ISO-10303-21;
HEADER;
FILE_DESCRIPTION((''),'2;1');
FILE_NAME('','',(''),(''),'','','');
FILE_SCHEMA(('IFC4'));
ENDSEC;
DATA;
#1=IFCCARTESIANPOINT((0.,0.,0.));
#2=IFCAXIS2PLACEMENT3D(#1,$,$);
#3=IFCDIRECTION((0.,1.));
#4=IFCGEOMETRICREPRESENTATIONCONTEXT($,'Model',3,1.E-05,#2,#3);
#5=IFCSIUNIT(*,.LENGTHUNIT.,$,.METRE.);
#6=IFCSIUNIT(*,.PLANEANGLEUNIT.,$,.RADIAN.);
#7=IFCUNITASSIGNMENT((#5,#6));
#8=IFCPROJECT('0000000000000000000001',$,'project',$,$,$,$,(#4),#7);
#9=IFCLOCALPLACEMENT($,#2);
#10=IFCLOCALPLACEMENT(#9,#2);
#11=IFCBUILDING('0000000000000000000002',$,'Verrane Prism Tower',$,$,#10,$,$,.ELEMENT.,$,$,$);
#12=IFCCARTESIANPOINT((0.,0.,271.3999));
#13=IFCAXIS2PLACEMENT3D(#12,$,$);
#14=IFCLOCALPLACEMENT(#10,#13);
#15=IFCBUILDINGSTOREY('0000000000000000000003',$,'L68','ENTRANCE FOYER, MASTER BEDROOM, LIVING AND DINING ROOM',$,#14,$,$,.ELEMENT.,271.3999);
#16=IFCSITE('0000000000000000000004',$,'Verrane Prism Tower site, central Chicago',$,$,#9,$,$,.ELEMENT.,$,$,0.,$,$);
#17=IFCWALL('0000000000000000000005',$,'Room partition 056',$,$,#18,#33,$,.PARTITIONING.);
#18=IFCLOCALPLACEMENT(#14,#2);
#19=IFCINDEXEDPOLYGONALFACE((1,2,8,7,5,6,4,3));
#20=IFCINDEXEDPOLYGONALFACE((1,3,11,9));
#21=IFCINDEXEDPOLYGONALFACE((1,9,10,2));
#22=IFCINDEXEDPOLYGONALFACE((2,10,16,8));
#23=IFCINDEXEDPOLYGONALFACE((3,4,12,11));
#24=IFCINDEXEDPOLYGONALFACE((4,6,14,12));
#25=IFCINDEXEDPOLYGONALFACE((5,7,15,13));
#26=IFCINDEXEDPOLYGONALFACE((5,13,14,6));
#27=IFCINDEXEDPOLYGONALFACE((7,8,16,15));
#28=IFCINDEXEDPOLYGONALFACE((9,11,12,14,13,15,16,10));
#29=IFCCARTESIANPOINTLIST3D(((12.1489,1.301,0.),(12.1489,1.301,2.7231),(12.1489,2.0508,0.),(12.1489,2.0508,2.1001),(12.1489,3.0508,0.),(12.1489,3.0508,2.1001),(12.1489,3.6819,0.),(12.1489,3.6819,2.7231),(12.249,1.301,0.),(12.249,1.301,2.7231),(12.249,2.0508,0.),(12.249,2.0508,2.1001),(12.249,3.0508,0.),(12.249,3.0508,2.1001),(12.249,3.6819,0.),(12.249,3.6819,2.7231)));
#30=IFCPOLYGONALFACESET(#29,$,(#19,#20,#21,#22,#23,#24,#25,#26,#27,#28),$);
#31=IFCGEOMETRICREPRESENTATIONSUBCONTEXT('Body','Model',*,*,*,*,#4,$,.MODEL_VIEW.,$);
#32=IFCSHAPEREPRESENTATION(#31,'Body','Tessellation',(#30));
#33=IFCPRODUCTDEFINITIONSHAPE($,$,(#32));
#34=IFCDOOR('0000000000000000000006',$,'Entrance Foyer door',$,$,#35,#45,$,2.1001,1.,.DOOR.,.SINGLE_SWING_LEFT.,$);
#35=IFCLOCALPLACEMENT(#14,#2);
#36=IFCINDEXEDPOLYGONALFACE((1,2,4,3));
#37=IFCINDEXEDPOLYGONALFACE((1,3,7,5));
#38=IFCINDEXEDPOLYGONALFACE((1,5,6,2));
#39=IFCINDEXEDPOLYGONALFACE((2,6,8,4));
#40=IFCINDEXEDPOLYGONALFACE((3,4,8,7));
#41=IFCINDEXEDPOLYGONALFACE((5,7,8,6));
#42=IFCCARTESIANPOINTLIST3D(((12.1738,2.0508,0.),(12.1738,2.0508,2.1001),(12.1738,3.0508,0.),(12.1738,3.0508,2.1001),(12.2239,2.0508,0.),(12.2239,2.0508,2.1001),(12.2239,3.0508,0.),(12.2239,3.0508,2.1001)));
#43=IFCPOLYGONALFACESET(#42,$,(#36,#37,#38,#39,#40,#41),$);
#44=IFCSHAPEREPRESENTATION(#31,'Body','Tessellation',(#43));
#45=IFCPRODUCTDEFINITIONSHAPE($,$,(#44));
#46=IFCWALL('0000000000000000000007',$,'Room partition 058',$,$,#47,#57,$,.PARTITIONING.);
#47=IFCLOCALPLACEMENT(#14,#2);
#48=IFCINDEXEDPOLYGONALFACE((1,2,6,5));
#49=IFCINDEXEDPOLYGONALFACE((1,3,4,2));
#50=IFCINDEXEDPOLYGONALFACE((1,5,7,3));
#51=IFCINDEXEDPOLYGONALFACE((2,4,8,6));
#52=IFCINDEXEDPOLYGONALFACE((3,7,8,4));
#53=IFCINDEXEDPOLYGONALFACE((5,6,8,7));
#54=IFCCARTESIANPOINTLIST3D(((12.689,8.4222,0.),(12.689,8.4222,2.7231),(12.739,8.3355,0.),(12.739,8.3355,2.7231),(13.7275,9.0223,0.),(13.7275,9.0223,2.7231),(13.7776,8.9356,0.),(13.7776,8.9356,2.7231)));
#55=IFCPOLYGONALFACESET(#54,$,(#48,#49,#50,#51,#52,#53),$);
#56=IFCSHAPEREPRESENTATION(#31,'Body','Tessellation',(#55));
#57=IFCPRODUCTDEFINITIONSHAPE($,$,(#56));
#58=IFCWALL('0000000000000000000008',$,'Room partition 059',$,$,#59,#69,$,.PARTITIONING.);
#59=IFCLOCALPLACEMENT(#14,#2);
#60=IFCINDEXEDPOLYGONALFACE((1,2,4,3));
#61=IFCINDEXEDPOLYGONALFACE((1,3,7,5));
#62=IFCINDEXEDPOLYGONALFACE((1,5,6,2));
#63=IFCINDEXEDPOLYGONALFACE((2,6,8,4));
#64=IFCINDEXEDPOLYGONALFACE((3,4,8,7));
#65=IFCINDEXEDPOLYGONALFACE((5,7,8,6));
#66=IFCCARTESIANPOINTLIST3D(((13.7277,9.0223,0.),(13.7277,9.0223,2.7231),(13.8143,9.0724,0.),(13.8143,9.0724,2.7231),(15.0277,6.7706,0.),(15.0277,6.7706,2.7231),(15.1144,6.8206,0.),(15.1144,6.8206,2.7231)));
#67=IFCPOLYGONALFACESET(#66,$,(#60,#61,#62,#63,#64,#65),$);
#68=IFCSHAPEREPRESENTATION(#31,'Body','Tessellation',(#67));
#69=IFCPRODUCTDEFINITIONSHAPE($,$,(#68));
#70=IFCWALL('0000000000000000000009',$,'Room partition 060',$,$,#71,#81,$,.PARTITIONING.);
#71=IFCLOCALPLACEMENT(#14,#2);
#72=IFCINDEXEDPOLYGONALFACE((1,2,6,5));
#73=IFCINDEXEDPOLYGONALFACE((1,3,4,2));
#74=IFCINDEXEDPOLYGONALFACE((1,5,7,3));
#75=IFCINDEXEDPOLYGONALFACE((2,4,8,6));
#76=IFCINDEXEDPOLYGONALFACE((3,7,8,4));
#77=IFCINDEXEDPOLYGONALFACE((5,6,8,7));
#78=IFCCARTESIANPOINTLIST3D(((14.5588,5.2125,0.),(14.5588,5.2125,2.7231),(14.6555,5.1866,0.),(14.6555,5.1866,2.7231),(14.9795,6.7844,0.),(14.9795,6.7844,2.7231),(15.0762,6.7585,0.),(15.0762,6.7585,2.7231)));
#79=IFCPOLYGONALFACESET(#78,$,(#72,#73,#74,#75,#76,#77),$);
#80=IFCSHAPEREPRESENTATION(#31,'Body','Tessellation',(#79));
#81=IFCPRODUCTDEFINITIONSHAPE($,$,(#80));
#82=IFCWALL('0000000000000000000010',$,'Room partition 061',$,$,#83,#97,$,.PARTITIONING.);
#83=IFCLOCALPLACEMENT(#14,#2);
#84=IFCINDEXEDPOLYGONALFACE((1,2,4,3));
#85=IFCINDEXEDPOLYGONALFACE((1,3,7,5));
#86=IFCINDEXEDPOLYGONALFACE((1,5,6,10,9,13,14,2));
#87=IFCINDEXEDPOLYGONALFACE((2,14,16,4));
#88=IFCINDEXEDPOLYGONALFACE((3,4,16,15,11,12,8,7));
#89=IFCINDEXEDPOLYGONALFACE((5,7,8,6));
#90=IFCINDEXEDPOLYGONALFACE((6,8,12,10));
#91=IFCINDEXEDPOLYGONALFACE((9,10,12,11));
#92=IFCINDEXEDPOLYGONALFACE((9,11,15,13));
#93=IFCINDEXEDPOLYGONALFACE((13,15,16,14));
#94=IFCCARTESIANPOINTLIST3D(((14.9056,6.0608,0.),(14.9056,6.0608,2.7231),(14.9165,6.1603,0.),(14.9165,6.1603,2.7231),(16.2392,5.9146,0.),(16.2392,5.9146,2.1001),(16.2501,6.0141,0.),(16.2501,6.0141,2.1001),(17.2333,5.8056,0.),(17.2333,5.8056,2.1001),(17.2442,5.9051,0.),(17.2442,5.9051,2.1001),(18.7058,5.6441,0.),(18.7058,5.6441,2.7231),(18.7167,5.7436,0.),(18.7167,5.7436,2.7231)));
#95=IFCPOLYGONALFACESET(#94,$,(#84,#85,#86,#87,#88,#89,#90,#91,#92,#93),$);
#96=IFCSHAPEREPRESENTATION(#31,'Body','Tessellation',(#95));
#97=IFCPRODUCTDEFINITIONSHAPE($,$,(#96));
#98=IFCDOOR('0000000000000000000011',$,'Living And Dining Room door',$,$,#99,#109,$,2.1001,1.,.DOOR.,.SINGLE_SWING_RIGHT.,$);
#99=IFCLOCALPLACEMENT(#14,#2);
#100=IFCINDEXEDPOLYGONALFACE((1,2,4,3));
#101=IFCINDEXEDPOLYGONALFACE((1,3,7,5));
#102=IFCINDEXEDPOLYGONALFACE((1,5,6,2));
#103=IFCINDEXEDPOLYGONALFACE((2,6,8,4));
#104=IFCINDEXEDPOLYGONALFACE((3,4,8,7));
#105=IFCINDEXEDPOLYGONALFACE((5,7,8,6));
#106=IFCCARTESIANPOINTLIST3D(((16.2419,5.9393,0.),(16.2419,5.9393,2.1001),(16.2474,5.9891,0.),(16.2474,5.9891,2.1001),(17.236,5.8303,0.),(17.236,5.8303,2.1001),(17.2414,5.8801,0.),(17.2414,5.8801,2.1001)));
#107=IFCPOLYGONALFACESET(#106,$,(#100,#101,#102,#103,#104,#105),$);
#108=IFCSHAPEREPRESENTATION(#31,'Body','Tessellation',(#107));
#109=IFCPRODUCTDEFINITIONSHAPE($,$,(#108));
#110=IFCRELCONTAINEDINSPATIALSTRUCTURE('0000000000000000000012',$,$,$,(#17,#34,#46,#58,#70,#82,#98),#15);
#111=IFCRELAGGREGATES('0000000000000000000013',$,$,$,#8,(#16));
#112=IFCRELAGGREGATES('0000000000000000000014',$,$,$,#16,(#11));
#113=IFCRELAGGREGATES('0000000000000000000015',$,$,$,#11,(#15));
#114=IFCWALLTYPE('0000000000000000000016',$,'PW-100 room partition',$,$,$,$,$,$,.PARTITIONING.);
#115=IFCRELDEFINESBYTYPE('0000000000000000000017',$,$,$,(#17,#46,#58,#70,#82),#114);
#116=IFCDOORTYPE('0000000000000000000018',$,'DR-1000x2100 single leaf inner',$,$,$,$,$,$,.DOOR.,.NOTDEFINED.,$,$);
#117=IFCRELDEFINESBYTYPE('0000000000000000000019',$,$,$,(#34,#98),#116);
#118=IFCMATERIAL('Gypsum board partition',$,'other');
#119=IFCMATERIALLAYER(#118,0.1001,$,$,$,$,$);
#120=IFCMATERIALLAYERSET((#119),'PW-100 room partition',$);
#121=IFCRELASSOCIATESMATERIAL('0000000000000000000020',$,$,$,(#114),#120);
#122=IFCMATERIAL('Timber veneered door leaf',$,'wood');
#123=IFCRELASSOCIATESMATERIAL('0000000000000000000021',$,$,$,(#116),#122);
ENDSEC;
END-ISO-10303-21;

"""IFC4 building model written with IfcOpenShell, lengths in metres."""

from ifc_helpers import new_model, si_unit, direction, frame, frame_2d, origin, place, context, subcontext, project, spatial, rectangle, extrude, material, layer, layer_set, type_object, element, fill, save


model = new_model("IFC4")

# Units and contexts
model_context = context("Model", 3, precision=1e-05, world=origin(), true_north=direction((0.0, 1.0)))
body_context = subcontext(model_context, "Body", "Model", "MODEL_VIEW")
ifc_project = project(units=[si_unit("LENGTHUNIT", "METRE"), si_unit("PLANEANGLEUNIT", "RADIAN")], contexts=[model_context])

# Site, building, storey
site_placement = place(None, origin())
site = spatial("IfcSite", under=ifc_project, at=site_placement, Name="Verrane Prism Tower site, central Chicago", CompositionType="ELEMENT", RefElevation=0.0)
building_placement = place(site_placement, origin())
building = spatial("IfcBuilding", under=site, at=building_placement, Name="Verrane Prism Tower", CompositionType="ELEMENT")
storey_placement = place(building_placement, frame((0.0, 0.0, 271.3999)))
storey = spatial("IfcBuildingStorey", under=building, at=storey_placement, Name="L68", Description="ENTRANCE FOYER, MASTER BEDROOM, LIVING AND DINING ROOM", CompositionType="ELEMENT", Elevation=271.3999)

# Wall, opening, door
ifc_material_1 = material(Name="Gypsum board partition", Category="other")
ifc_layer_1 = layer(ifc_material_1, 0.1001)
ifc_layer_set_1 = layer_set([ifc_layer_1], Name="PW-100 room partition")
wall_type_1 = type_object("IfcWallType", Name="PW-100 room partition", PredefinedType="PARTITIONING", material=ifc_layer_set_1)
wall_1_placement = place(storey_placement, frame((12.199, 3.6819, 0.0), z_axis=(0.0, 0.0, 1.0), x_axis=(0.0, -1.0, 0.0)))
wall_1 = element("IfcWall", 1, at=wall_1_placement, inside=storey, type_object=wall_type_1, Name="Room partition 056", PredefinedType="PARTITIONING", context=body_context, shape_type="SweptSolid", body=[
    extrude(rectangle(XDim=2.3809, YDim=0.1001, at=frame_2d((1.1904, 0.0))), origin(), (0.0, 0.0, 1.0), 2.7231),
])
opening_1_placement = place(wall_1_placement, frame((0.6311, 0.0, 0.0)))
opening_1 = element("IfcOpeningElement", 2, at=opening_1_placement, cuts=wall_1, PredefinedType="OPENING", context=body_context, shape_type="SweptSolid", body=[
    extrude(rectangle(XDim=1.0, YDim=2.1001, at=frame_2d((0.5, 1.05))), frame((0.0, 0.0601, 0.0), z_axis=(0.0, -1.0, 0.0), x_axis=(1.0, 0.0, 0.0)), (0.0, 0.0, 1.0), 0.1201),
])
ifc_material_2 = material(Name="Timber veneered door leaf", Category="wood")
door_type_1 = type_object("IfcDoorType", Name="DR-1000x2100 single leaf inner", OperationType="NOTDEFINED", PredefinedType="DOOR", material=ifc_material_2)
door_1_placement = place(opening_1_placement, origin())
door_1 = element("IfcDoor", 3, at=door_1_placement, inside=storey, type_object=door_type_1, Name="Entrance Foyer door", OperationType="SINGLE_SWING_LEFT", OverallHeight=2.1001, OverallWidth=1.0, PredefinedType="DOOR", context=body_context, shape_type="SweptSolid", body=[
    extrude(rectangle(XDim=1.0, YDim=2.1001, at=frame_2d((0.5, 1.05))), frame((0.0, 0.0249, 0.0), z_axis=(0.0, -1.0, 0.0), x_axis=(1.0, 0.0, 0.0)), (0.0, 0.0, 1.0), 0.05),
])
fill(opening_1, door_1)

# Walls
wall_2_placement = place(storey_placement, frame((12.7141, 8.3789, 0.0), z_axis=(0.0, 0.0, 1.0), x_axis=(0.865853, 0.500298, 0.0)))
element("IfcWall", 4, at=wall_2_placement, inside=storey, type_object=wall_type_1, Name="Room partition 058", PredefinedType="PARTITIONING", context=body_context, shape_type="SweptSolid", body=[
    extrude(rectangle(XDim=1.1995, YDim=0.1001, at=frame_2d((0.5996, 0.0))), origin(), (0.0, 0.0, 1.0), 2.7231),
])
wall_3_placement = place(storey_placement, frame((13.771, 9.0474, 0.0), z_axis=(0.0, 0.0, 1.0), x_axis=(0.500007, -0.866021, 0.0)))
element("IfcWall", 5, at=wall_3_placement, inside=storey, type_object=wall_type_1, Name="Room partition 059", PredefinedType="PARTITIONING", context=body_context, shape_type="SweptSolid", body=[
    extrude(rectangle(XDim=2.6001, YDim=0.1001, at=frame_2d((1.3, 0.0))), origin(), (0.0, 0.0, 1.0), 2.7231),
])
wall_4_placement = place(storey_placement, frame((14.6072, 5.1997, 0.0), z_axis=(0.0, 0.0, 1.0), x_axis=(0.258531, 0.966003, 0.0)))
element("IfcWall", 6, at=wall_4_placement, inside=storey, type_object=wall_type_1, Name="Room partition 060", PredefinedType="PARTITIONING", context=body_context, shape_type="SweptSolid", body=[
    extrude(rectangle(XDim=1.6272, YDim=0.1001, at=frame_2d((0.8135, 0.0))), origin(), (0.0, 0.0, 1.0), 2.7231),
])

# Wall, opening, door
wall_5_placement = place(storey_placement, frame((14.9109, 6.1106, 0.0), z_axis=(0.0, 0.0, 1.0), x_axis=(0.994041, -0.109009, 0.0)))
wall_5 = element("IfcWall", 7, at=wall_5_placement, inside=storey, type_object=wall_type_1, Name="Room partition 061", PredefinedType="PARTITIONING", context=body_context, shape_type="SweptSolid", body=[
    extrude(rectangle(XDim=3.823, YDim=0.1001, at=frame_2d((1.9116, 0.0))), origin(), (0.0, 0.0, 1.0), 2.7231),
])
opening_2_placement = place(wall_5_placement, frame((1.3418, 0.0, 0.0)))
opening_2 = element("IfcOpeningElement", 8, at=opening_2_placement, cuts=wall_5, PredefinedType="OPENING", context=body_context, shape_type="SweptSolid", body=[
    extrude(rectangle(XDim=1.0, YDim=2.1001, at=frame_2d((0.5, 1.05))), frame((0.0, 0.0601, 0.0), z_axis=(0.0, -1.0, 0.0), x_axis=(1.0, 0.0, 0.0)), (0.0, 0.0, 1.0), 0.1201),
])
door_2_placement = place(opening_2_placement, origin())
door_2 = element("IfcDoor", 9, at=door_2_placement, inside=storey, type_object=door_type_1, Name="Living And Dining Room door", OperationType="SINGLE_SWING_RIGHT", OverallHeight=2.1001, OverallWidth=1.0, PredefinedType="DOOR", context=body_context, shape_type="SweptSolid", body=[
    extrude(rectangle(XDim=1.0, YDim=2.1001, at=frame_2d((0.5, 1.05))), frame((0.0, 0.0249, 0.0), z_axis=(0.0, -1.0, 0.0), x_axis=(1.0, 0.0, 0.0)), (0.0, 0.0, 1.0), 0.05),
])
fill(opening_2, door_2)

save(model, "model.ifc")
